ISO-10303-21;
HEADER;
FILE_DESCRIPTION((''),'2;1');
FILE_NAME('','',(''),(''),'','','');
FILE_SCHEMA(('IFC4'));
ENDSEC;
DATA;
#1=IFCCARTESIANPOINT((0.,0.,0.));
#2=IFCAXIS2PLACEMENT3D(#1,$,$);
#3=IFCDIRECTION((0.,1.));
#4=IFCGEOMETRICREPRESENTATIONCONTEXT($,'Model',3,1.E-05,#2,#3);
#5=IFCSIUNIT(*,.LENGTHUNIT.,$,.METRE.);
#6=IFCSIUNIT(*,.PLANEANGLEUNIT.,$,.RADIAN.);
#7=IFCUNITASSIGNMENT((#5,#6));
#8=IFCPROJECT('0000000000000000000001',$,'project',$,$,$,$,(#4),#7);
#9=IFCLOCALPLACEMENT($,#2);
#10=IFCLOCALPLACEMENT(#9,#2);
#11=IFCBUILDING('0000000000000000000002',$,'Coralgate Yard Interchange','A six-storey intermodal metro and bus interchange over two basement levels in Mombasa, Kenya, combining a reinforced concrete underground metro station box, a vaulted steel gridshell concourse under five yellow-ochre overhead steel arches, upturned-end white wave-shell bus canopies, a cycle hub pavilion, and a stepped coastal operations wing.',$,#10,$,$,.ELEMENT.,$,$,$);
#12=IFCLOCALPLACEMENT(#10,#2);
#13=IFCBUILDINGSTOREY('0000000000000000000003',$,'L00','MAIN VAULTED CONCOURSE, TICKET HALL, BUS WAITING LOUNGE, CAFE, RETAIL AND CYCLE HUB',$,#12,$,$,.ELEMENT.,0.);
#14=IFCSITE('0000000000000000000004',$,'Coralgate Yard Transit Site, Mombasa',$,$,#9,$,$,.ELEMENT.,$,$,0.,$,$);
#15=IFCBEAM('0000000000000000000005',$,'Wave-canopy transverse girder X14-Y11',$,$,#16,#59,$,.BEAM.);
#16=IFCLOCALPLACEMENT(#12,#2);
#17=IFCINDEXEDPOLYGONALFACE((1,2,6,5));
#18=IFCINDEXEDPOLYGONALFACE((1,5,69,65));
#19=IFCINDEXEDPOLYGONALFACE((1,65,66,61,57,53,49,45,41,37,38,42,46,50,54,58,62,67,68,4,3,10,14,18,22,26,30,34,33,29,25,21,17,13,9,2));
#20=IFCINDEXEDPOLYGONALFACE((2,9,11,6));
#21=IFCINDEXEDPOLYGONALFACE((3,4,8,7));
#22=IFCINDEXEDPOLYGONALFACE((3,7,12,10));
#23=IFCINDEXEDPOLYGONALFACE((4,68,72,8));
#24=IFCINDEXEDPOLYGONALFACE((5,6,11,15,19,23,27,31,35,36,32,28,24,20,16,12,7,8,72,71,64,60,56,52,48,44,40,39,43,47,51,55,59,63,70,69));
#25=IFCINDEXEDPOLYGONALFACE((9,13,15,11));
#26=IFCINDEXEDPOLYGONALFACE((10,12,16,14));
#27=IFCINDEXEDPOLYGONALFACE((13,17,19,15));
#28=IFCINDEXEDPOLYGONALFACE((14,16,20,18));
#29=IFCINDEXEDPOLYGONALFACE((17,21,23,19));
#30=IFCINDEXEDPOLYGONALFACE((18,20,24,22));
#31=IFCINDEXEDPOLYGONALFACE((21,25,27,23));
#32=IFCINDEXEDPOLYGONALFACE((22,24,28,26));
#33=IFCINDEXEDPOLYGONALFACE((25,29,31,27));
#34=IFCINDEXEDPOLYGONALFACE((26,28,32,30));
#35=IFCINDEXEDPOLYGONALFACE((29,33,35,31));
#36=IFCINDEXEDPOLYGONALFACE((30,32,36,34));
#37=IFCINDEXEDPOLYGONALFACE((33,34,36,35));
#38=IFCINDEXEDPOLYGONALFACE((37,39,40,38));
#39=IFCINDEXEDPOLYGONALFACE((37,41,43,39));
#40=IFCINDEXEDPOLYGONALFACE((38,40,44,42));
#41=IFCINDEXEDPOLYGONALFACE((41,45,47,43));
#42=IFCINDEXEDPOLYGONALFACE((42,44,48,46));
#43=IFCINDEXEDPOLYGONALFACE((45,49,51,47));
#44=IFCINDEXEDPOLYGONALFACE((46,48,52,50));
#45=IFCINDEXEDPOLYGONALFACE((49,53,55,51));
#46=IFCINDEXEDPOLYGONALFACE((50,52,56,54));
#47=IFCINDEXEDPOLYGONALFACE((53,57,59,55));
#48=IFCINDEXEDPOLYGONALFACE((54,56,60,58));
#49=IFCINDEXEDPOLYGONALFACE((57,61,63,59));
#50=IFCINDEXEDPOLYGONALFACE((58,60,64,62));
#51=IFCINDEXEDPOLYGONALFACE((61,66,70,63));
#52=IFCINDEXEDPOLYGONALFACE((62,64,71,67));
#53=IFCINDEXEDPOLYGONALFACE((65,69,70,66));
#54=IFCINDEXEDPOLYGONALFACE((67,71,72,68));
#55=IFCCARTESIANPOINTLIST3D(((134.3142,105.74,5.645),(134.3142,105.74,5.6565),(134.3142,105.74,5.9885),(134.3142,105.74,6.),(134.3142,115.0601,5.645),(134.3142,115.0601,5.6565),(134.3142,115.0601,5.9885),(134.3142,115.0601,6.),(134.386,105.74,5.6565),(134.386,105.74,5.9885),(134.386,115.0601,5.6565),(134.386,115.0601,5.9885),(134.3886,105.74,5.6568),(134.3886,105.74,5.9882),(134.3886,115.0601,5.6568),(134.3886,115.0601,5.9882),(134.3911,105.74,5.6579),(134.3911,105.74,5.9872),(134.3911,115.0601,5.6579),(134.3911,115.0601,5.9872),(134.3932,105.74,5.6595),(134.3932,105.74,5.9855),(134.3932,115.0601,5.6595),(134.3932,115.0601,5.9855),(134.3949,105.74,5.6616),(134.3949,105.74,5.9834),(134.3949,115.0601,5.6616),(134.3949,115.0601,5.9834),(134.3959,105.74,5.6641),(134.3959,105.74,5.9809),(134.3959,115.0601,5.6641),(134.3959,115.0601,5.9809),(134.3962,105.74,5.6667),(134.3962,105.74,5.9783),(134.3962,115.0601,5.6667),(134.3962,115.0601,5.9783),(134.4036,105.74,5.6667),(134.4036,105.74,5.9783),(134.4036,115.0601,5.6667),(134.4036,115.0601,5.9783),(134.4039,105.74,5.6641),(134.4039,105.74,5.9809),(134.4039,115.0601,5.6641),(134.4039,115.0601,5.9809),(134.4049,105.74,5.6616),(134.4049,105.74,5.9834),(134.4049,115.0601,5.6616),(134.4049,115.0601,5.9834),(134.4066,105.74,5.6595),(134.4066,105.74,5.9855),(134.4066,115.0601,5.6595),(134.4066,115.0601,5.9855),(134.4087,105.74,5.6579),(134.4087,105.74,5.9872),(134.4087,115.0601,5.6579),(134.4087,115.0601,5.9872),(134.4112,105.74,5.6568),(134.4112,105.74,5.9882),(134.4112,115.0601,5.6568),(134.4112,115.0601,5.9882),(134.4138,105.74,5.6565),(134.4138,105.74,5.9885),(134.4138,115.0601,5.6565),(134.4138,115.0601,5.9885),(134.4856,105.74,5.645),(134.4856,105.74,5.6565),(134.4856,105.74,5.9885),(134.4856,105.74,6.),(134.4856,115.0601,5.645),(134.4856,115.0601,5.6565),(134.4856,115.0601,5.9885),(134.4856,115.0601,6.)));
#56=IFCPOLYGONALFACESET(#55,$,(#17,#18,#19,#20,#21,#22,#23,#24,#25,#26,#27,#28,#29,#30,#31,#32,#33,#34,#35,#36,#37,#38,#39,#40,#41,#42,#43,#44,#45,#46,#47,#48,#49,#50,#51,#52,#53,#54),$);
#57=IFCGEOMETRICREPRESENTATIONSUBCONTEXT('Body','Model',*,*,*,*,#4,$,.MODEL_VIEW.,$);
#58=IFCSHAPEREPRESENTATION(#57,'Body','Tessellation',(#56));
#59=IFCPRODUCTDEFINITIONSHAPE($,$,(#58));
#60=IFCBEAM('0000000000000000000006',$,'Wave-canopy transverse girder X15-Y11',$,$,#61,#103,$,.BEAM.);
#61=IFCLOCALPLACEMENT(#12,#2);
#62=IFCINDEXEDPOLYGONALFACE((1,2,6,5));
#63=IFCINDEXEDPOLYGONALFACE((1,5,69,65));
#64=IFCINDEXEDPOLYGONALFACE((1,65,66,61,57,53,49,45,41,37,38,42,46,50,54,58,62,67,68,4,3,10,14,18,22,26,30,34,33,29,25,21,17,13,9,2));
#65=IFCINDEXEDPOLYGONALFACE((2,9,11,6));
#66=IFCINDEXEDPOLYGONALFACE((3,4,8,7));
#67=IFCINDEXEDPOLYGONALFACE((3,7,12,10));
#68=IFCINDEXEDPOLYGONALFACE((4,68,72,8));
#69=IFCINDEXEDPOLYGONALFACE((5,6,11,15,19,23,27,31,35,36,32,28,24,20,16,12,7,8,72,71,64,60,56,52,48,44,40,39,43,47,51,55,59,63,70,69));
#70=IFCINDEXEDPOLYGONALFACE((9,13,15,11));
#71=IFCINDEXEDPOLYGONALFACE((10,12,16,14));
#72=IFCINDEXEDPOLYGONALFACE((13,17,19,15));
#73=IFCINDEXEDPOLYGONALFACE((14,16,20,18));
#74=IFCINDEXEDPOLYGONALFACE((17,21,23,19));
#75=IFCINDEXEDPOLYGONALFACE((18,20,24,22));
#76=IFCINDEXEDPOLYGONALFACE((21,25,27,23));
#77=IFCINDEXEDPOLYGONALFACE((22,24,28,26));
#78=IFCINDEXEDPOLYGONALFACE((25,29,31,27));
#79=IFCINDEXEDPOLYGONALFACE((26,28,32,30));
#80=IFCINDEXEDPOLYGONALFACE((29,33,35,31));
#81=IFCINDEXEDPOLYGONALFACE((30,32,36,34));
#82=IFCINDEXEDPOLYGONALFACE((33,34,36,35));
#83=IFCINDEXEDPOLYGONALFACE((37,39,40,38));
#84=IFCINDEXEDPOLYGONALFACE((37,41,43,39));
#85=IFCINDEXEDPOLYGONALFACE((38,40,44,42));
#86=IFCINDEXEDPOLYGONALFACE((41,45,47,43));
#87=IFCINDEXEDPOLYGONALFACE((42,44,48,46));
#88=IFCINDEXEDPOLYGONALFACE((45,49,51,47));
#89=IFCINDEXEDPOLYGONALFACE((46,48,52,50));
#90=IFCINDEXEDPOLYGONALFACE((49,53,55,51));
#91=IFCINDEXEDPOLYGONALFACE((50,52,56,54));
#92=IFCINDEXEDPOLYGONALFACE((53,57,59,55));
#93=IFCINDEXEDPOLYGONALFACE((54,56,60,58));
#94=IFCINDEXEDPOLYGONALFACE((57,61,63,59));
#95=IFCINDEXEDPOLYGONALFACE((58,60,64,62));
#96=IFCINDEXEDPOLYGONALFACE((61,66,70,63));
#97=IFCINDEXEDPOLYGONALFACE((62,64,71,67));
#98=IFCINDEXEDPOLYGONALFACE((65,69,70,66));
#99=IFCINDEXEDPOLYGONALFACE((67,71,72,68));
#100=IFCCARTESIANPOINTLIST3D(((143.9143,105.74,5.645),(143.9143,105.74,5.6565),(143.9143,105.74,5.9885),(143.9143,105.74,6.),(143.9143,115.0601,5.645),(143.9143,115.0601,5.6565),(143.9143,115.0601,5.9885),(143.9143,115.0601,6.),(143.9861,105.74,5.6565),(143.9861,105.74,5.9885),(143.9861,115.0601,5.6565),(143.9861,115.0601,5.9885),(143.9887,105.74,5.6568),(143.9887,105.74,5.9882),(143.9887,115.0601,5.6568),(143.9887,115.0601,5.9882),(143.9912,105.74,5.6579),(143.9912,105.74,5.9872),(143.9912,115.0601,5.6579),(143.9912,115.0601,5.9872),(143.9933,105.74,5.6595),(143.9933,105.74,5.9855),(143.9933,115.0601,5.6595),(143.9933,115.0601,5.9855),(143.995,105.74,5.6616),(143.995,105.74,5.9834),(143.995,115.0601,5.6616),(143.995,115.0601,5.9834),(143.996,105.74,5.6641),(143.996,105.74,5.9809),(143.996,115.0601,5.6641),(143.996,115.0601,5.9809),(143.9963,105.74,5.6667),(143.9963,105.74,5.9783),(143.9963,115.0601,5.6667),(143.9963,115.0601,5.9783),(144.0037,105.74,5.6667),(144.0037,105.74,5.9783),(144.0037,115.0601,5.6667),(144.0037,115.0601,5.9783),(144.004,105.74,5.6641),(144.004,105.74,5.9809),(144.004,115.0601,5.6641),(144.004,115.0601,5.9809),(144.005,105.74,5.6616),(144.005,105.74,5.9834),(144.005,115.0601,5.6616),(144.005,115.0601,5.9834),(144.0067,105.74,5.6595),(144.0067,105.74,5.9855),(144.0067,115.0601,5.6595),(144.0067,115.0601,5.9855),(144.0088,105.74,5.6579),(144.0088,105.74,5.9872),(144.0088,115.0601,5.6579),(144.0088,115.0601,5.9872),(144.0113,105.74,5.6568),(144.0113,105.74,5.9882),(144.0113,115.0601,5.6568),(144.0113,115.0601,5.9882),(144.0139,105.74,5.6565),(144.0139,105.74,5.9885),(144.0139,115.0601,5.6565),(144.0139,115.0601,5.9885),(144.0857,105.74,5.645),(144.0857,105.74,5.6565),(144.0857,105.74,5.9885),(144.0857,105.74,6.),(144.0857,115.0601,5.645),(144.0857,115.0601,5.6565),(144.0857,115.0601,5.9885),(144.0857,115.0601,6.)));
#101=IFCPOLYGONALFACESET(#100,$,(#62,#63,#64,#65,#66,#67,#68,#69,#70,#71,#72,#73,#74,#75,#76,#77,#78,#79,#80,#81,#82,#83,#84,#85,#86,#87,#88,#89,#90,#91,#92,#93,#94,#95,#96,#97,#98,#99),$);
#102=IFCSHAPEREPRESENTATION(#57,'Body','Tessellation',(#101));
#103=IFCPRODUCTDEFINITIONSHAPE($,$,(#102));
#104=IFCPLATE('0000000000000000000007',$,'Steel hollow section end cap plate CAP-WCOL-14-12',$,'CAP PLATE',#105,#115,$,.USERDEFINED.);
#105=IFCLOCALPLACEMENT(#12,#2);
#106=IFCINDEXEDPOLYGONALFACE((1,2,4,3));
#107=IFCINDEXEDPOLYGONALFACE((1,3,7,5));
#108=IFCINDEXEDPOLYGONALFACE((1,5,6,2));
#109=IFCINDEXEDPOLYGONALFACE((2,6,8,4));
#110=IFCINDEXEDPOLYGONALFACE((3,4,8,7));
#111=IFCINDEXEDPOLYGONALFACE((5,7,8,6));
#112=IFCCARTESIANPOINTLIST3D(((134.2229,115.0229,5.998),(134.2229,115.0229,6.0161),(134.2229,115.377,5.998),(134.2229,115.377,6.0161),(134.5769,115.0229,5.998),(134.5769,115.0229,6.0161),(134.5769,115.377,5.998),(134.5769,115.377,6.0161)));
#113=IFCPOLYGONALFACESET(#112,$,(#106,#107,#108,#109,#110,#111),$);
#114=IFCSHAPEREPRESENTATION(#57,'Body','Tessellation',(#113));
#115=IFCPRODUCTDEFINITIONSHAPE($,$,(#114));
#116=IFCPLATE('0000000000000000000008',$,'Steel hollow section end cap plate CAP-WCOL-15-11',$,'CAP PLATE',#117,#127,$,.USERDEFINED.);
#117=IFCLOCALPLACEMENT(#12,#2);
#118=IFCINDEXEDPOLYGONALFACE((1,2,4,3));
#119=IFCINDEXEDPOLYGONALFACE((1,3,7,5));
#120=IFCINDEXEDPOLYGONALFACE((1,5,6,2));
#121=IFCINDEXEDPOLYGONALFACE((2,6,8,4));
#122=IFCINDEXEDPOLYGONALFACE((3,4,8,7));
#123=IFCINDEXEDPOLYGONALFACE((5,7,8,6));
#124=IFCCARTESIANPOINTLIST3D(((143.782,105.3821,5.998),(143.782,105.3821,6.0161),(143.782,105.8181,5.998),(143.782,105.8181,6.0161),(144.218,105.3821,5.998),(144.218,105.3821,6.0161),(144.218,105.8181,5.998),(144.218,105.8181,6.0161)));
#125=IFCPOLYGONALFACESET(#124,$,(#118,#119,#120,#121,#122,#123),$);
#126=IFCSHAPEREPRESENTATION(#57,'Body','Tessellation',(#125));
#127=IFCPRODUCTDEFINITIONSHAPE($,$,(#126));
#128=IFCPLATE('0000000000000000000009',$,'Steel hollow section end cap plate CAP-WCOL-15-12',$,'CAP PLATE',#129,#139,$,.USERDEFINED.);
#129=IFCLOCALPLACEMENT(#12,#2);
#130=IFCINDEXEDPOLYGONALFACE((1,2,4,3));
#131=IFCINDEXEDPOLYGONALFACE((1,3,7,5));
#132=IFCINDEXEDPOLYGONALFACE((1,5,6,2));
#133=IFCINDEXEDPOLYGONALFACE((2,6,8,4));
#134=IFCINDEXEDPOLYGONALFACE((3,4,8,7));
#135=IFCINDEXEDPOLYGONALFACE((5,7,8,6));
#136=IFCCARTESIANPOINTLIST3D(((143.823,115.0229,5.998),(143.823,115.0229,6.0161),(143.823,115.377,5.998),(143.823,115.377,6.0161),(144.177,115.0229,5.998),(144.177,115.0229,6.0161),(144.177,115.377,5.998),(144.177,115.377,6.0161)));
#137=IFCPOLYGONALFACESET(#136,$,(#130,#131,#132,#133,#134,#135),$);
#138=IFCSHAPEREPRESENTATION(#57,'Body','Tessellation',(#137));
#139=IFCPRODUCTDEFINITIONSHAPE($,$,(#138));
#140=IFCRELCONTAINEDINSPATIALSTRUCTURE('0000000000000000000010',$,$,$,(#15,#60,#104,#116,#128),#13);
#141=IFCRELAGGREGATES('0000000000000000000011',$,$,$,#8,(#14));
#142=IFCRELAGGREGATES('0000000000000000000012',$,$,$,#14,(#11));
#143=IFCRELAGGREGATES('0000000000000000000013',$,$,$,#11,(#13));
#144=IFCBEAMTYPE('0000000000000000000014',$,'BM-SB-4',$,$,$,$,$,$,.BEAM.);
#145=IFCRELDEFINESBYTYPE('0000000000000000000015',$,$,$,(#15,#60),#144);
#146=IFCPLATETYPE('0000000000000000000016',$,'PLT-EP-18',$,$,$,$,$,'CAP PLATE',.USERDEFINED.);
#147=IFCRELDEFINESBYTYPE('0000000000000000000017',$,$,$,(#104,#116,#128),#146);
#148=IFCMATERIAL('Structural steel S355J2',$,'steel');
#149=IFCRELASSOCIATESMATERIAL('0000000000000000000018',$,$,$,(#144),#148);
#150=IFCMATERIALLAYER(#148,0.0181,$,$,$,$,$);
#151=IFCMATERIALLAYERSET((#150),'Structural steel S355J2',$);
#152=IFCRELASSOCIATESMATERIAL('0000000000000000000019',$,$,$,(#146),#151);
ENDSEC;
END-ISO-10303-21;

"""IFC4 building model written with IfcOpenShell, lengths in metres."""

from ifc_helpers import new_model, si_unit, direction, frame, origin, origin_2d, place, context, subcontext, project, spatial, rectangle, i_section, extrude, material, layer, layer_set, material_profile, profile_set, type_object, element, save


model = new_model("IFC4")

# Units and contexts
model_context = context("Model", 3, precision=1e-05, world=origin(), true_north=direction((0.0, 1.0)))
body_context = subcontext(model_context, "Body", "Model", "MODEL_VIEW")
ifc_project = project(units=[si_unit("LENGTHUNIT", "METRE"), si_unit("PLANEANGLEUNIT", "RADIAN")], contexts=[model_context])

# Site, building, storey
site_placement = place(None, origin())
site = spatial("IfcSite", under=ifc_project, at=site_placement, Name="Coralgate Yard Transit Site, Mombasa", CompositionType="ELEMENT", RefElevation=0.0)
building_placement = place(site_placement, origin())
building = spatial("IfcBuilding", under=site, at=building_placement, Name="Coralgate Yard Interchange", Description="A six-storey intermodal metro and bus interchange over two basement levels in Mombasa, Kenya, combining a reinforced concrete underground metro station box, a vaulted steel gridshell concourse under five yellow-ochre overhead steel arches, upturned-end white wave-shell bus canopies, a cycle hub pavilion, and a stepped coastal operations wing.", CompositionType="ELEMENT")
storey_placement = place(building_placement, origin())
storey = spatial("IfcBuildingStorey", under=building, at=storey_placement, Name="L00", Description="MAIN VAULTED CONCOURSE, TICKET HALL, BUS WAITING LOUNGE, CAFE, RETAIL AND CYCLE HUB", CompositionType="ELEMENT", Elevation=0.0)

# Shared definitions
ifc_material_1 = material(Name="Structural steel S355J2", Category="steel")

# Beams
ifc_material_profile_1 = material_profile(ifc_material_1, i_section(OverallWidth=0.1714, OverallDepth=0.355, WebThickness=0.0073, FlangeThickness=0.0115, FilletRadius=0.0103, at=origin_2d()), Name="UB 356x171x51")
ifc_profile_set_1 = profile_set([ifc_material_profile_1], Name="Structural steel S355J2")
beam_type_1 = type_object("IfcBeamType", Name="BM-SB-4", PredefinedType="BEAM", material=ifc_profile_set_1)
for number, where, z_axis, x_axis, name in (
    (1, (134.3999, 105.74, 5.8225), (0.0, 1.0, 0.0), (-1.0, 0.0, 0.0), "Wave-canopy transverse girder X14-Y11"),
    (2, (144.0, 105.74, 5.8225), (0.0, 1.0, 0.0), (-1.0, 0.0, 0.0), "Wave-canopy transverse girder X15-Y11"),
):
    element("IfcBeam", number, at=place(storey_placement, frame(where, z_axis=z_axis, x_axis=x_axis)), inside=storey, type_object=beam_type_1, Name=name, PredefinedType="BEAM", context=body_context, shape_type="SweptSolid", body=[
        extrude(i_section(OverallWidth=0.1714, OverallDepth=0.355, WebThickness=0.0073, FlangeThickness=0.0115, FilletRadius=0.0103, at=origin_2d()), origin(), (0.0, 0.0, 1.0), 9.3201),
    ])

# Plates
ifc_layer = layer(ifc_material_1, 0.0181)
ifc_layer_set = layer_set([ifc_layer], Name="Structural steel S355J2")
plate_type = type_object("IfcPlateType", Name="PLT-EP-18", ElementType="CAP PLATE", PredefinedType="USERDEFINED", material=ifc_layer_set)
plate_1_placement = place(storey_placement, frame((134.3999, 115.2, 5.998), z_axis=(0.0, 0.0, 1.0), x_axis=(1.0, 0.0, 0.0)))
element("IfcPlate", 3, at=plate_1_placement, inside=storey, type_object=plate_type, Name="Steel hollow section end cap plate CAP-WCOL-14-12", ObjectType="CAP PLATE", PredefinedType="USERDEFINED", context=body_context, shape_type="SweptSolid", body=[
    extrude(rectangle(XDim=0.354, YDim=0.354, at=origin_2d()), origin(), (0.0, 0.0, 1.0), 0.0181),
])
plate_2_placement = place(storey_placement, frame((144.0, 105.6001, 5.998), z_axis=(0.0, 0.0, 1.0), x_axis=(1.0, 0.0, 0.0)))
element("IfcPlate", 4, at=plate_2_placement, inside=storey, type_object=plate_type, Name="Steel hollow section end cap plate CAP-WCOL-15-11", ObjectType="CAP PLATE", PredefinedType="USERDEFINED", context=body_context, shape_type="SweptSolid", body=[
    extrude(rectangle(XDim=0.436, YDim=0.436, at=origin_2d()), origin(), (0.0, 0.0, 1.0), 0.0181),
])
plate_3_placement = place(storey_placement, frame((144.0, 115.2, 5.998), z_axis=(0.0, 0.0, 1.0), x_axis=(1.0, 0.0, 0.0)))
element("IfcPlate", 5, at=plate_3_placement, inside=storey, type_object=plate_type, Name="Steel hollow section end cap plate CAP-WCOL-15-12", ObjectType="CAP PLATE", PredefinedType="USERDEFINED", context=body_context, shape_type="SweptSolid", body=[
    extrude(rectangle(XDim=0.354, YDim=0.354, at=origin_2d()), origin(), (0.0, 0.0, 1.0), 0.0181),
])

save(model, "model.ifc")
